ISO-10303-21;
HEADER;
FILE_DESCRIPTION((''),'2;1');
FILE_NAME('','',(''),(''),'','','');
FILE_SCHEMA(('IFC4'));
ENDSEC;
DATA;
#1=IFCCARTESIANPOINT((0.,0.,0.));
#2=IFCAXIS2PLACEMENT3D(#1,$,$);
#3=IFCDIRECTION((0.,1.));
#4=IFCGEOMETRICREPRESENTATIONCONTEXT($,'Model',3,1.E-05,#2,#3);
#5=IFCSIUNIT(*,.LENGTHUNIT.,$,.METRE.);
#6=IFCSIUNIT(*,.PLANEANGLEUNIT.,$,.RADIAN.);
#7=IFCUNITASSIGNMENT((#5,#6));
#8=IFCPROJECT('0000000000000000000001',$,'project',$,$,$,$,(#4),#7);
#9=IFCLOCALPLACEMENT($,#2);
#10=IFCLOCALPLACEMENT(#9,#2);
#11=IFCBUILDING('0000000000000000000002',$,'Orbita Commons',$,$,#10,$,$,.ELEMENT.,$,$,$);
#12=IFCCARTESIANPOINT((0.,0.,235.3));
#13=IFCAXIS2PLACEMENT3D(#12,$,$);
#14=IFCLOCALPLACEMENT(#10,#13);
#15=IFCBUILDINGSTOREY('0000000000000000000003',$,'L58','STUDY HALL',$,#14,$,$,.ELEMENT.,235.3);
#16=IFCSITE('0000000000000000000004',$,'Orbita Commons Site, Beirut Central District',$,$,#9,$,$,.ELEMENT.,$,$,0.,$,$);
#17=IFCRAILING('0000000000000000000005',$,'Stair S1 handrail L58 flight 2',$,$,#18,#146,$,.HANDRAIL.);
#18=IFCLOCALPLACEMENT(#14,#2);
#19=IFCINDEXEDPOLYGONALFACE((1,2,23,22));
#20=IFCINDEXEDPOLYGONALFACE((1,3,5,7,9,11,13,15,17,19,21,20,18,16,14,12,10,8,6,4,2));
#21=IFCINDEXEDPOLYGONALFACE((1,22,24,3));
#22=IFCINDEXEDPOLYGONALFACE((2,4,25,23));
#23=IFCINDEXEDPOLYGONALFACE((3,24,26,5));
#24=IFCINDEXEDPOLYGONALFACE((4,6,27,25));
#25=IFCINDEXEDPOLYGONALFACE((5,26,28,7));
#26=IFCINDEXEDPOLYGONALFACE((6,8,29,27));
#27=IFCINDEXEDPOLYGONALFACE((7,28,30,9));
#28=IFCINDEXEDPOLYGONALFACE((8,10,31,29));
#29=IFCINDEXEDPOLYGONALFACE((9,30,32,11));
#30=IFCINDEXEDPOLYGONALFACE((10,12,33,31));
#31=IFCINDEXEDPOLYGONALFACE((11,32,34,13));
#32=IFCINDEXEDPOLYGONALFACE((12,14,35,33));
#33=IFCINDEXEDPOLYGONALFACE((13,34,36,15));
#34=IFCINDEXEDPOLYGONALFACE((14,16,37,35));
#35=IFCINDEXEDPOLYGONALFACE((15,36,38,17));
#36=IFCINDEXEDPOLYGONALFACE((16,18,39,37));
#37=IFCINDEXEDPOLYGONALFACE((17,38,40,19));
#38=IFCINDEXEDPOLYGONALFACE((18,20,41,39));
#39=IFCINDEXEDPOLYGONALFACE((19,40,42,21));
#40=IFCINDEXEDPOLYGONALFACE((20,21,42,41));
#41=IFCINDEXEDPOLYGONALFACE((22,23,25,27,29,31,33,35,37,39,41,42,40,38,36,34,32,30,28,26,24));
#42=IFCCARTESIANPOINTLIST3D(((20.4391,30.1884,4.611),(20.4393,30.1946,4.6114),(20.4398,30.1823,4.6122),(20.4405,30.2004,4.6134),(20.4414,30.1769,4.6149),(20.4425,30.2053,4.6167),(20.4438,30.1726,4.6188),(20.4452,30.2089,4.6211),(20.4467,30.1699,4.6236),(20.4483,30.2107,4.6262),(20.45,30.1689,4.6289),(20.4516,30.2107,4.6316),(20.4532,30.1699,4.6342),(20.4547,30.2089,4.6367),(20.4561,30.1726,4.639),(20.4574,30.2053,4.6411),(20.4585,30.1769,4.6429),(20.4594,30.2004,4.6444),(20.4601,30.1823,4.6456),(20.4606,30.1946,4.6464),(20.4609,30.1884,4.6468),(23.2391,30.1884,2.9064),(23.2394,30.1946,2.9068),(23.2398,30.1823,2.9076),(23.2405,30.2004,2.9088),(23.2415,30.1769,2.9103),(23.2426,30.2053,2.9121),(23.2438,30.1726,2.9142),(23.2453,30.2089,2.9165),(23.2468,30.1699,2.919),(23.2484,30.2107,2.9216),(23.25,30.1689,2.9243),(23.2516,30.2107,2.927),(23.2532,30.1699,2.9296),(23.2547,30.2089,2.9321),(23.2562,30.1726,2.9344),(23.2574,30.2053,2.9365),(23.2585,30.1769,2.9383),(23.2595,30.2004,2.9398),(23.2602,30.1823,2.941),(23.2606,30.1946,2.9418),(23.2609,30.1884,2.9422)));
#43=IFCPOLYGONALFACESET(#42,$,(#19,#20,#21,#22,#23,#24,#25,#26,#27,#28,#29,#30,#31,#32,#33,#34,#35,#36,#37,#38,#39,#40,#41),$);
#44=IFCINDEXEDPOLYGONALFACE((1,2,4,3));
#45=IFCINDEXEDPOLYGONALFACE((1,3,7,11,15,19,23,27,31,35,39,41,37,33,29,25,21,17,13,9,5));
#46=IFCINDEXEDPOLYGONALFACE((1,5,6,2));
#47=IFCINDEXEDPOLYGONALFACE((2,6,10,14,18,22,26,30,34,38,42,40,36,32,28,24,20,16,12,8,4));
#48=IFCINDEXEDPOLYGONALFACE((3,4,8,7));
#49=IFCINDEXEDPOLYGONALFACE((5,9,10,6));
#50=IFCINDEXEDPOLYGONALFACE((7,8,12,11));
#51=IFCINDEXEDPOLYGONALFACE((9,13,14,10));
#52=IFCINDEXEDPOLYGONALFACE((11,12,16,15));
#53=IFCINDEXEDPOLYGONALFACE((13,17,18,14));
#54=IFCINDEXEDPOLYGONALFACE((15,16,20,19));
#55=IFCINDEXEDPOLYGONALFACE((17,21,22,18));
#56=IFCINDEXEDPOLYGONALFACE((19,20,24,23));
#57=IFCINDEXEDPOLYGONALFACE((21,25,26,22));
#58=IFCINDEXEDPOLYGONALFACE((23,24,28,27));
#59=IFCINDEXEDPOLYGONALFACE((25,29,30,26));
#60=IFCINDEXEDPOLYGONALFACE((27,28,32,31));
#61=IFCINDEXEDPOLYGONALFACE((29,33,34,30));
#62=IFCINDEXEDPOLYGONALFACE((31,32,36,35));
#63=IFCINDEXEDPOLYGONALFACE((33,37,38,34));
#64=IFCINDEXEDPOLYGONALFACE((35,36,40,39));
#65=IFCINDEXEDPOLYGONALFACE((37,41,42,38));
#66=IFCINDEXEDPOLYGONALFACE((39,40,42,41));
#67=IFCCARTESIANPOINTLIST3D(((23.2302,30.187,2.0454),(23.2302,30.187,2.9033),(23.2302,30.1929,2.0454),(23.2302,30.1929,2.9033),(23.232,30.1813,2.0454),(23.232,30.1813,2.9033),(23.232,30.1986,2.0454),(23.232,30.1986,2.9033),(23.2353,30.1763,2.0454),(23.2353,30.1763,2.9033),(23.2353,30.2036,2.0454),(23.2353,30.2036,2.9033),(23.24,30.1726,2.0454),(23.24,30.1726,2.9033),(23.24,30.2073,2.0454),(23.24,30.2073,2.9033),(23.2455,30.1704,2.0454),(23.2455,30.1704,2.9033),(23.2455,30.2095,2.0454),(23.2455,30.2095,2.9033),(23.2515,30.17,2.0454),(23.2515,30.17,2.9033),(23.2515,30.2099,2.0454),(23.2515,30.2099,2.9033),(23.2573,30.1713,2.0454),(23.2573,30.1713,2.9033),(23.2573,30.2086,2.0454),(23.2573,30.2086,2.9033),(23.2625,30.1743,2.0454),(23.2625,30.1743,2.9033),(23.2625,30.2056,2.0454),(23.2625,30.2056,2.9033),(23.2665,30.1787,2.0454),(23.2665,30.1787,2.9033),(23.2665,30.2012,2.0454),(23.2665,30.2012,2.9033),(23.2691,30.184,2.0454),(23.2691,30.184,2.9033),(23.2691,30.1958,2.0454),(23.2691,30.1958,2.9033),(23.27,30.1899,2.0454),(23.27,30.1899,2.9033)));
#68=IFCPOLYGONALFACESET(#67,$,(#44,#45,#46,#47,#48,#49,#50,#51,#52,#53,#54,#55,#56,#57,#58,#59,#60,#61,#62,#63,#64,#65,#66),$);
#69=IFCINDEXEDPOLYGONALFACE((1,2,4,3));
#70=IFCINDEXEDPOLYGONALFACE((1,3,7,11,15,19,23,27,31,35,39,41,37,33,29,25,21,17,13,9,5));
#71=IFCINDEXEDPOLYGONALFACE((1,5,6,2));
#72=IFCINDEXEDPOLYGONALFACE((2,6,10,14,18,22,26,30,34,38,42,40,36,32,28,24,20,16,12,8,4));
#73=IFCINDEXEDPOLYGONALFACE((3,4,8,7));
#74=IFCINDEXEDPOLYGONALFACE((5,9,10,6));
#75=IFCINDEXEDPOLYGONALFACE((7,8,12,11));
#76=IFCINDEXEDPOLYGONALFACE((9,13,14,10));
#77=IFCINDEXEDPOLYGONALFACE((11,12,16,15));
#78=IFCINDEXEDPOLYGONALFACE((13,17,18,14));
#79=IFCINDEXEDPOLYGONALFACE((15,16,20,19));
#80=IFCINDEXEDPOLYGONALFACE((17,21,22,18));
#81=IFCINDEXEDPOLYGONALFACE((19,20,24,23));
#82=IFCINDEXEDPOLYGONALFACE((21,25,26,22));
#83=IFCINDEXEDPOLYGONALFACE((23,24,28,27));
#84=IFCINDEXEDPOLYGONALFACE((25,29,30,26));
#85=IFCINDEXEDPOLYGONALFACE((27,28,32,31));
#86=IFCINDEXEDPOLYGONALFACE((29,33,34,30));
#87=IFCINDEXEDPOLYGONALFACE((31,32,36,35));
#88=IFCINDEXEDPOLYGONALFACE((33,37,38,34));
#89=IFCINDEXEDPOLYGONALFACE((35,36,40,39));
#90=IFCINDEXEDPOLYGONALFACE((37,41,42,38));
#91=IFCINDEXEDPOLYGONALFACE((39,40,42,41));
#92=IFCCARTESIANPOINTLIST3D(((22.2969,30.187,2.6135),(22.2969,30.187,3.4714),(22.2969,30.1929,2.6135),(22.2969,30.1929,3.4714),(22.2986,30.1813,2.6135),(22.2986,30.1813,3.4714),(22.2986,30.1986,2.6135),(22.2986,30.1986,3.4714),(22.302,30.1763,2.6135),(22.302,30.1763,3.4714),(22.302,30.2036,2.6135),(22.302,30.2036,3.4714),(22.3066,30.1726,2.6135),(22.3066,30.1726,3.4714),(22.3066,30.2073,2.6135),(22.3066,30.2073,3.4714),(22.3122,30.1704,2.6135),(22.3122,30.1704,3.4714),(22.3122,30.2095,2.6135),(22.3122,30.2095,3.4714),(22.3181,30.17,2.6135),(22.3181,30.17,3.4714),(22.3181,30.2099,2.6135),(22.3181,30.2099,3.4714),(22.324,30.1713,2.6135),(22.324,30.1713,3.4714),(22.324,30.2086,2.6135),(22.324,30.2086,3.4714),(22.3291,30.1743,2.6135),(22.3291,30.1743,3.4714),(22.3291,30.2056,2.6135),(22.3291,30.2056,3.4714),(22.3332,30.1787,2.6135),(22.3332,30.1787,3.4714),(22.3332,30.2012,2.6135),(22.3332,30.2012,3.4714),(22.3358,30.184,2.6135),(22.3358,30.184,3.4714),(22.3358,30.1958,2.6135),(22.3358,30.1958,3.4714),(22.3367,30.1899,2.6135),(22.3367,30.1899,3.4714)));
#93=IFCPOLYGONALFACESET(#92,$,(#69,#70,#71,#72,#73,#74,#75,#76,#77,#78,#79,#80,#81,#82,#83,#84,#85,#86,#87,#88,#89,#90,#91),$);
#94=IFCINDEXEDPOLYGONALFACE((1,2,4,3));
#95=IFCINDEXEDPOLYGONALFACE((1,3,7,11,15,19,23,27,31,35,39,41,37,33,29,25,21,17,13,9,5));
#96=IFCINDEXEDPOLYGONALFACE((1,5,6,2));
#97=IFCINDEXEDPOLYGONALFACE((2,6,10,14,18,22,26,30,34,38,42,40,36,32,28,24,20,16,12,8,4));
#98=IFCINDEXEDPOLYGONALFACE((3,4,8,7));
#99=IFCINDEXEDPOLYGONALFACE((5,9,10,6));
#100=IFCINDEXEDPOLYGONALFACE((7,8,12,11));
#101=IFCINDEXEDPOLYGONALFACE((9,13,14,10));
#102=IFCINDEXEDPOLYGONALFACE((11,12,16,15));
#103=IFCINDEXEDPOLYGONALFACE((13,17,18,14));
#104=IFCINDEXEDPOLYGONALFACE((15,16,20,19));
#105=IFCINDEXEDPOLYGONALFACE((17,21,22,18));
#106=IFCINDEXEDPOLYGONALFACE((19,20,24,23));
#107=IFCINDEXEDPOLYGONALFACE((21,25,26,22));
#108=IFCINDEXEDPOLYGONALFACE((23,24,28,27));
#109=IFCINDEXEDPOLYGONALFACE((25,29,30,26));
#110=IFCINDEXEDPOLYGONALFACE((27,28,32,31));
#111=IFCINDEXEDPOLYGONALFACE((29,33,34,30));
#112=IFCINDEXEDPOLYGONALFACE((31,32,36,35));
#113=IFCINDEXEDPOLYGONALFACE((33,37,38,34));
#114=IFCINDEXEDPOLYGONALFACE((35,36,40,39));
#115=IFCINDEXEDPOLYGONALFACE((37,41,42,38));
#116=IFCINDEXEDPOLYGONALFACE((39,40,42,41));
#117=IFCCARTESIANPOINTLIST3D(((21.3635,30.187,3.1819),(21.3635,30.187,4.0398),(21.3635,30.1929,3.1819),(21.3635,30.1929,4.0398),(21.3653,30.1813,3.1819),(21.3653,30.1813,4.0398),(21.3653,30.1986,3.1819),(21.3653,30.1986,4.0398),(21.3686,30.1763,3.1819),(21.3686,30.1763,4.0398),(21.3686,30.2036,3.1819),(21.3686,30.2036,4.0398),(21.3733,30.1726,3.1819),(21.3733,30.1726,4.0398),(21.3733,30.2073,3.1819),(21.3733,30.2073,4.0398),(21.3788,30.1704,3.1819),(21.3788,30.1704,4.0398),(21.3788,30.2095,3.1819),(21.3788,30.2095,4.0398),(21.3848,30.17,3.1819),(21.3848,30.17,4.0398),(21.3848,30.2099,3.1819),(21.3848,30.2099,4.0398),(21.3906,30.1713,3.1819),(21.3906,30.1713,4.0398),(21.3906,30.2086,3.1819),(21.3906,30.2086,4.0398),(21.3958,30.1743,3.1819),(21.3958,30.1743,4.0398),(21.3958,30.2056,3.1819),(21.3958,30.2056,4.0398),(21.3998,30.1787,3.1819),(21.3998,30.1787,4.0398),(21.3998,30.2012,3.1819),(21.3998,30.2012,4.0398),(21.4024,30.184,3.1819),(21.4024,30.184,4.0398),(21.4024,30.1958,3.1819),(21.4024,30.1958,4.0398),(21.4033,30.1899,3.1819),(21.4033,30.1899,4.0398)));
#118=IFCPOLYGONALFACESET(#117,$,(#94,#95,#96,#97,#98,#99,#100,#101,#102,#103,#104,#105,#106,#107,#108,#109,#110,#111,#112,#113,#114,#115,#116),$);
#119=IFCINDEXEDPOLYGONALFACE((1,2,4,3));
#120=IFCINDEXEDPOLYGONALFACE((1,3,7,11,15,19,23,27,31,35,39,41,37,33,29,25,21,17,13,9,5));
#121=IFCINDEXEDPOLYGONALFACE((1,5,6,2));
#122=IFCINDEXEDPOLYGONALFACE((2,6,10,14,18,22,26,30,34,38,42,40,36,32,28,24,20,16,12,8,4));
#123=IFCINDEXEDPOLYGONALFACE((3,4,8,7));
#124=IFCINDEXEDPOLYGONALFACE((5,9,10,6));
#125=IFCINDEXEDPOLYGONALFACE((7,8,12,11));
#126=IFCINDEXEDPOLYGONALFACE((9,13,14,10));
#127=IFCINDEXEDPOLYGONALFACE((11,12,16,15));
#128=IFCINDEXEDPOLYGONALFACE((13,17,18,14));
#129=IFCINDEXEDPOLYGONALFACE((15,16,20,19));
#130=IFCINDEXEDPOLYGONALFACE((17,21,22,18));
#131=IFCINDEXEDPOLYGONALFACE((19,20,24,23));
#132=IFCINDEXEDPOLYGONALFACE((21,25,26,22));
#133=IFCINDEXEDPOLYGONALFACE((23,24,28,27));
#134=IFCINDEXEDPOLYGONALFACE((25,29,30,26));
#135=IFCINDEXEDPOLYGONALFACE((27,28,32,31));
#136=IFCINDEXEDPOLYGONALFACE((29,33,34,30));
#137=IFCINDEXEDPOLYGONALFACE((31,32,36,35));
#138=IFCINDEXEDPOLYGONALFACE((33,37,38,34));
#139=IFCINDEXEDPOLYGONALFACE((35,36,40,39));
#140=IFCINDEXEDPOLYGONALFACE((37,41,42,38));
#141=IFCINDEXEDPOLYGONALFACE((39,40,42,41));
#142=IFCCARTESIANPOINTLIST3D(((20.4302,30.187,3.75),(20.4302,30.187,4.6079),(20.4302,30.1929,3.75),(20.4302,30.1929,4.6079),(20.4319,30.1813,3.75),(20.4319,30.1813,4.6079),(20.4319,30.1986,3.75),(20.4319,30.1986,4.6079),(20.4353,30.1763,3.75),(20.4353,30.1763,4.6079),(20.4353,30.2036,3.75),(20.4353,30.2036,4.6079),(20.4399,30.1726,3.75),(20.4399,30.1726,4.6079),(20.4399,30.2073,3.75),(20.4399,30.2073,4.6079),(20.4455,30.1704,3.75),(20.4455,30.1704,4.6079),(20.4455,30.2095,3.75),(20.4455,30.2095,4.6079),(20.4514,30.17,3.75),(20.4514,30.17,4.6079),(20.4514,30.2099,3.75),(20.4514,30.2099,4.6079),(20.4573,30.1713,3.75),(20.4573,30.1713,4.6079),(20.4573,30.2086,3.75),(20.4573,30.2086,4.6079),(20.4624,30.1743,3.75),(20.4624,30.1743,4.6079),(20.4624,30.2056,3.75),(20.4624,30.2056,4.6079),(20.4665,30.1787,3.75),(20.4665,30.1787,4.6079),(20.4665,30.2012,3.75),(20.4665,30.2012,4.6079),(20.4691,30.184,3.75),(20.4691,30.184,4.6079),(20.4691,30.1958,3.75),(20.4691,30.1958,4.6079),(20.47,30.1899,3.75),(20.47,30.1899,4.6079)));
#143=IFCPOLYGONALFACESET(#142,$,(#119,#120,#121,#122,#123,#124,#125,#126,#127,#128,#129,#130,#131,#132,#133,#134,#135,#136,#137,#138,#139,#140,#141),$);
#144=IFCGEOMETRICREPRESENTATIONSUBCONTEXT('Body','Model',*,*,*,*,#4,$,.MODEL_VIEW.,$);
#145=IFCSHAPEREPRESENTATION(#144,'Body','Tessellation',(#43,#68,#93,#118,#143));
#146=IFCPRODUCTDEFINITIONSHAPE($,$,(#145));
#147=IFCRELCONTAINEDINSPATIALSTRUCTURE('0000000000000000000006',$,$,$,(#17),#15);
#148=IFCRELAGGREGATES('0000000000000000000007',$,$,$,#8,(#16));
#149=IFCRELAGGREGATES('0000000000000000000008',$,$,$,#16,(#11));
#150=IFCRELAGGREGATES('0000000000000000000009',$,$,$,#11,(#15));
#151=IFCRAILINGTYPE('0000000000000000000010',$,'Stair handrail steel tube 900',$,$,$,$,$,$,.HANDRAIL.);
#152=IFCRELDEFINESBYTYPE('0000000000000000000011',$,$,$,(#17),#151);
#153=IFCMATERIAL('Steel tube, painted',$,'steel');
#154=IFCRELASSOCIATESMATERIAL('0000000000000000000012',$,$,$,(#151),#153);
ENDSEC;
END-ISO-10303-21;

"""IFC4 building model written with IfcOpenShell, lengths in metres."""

from ifc_helpers import new_model, si_unit, direction, frame, origin, origin_2d, place, context, subcontext, project, spatial, circle, extrude, material, type_object, element, save


model = new_model("IFC4")

# Units and contexts
model_context = context("Model", 3, precision=1e-05, world=origin(), true_north=direction((0.0, 1.0)))
body_context = subcontext(model_context, "Body", "Model", "MODEL_VIEW")
ifc_project = project(units=[si_unit("LENGTHUNIT", "METRE"), si_unit("PLANEANGLEUNIT", "RADIAN")], contexts=[model_context])

# Site, building, storey
site_placement = place(None, origin())
site = spatial("IfcSite", under=ifc_project, at=site_placement, Name="Orbita Commons Site, Beirut Central District", CompositionType="ELEMENT", RefElevation=0.0)
building_placement = place(site_placement, origin())
building = spatial("IfcBuilding", under=site, at=building_placement, Name="Orbita Commons", CompositionType="ELEMENT")
storey_placement = place(building_placement, frame((0.0, 0.0, 235.3)))
storey = spatial("IfcBuildingStorey", under=building, at=storey_placement, Name="L58", Description="STUDY HALL", CompositionType="ELEMENT", Elevation=235.3)

# Railing
ifc_material = material(Name="Steel tube, painted", Category="steel")
railing_type = type_object("IfcRailingType", Name="Stair handrail steel tube 900", PredefinedType="HANDRAIL", material=ifc_material)
for number, where, name in (
    (1, (23.25, 30.1899, 2.0454), "Stair S1 handrail L58 flight 2"),
):
    element("IfcRailing", number, at=place(storey_placement, frame(where)), inside=storey, type_object=railing_type, Name=name, PredefinedType="HANDRAIL", context=body_context, shape_type="SweptSolid", body=[
        extrude(circle(Radius=0.021, at=origin_2d()), frame((0.0, 0.0, 0.8789), z_axis=(-0.85417, 0.0, 0.519994), x_axis=(0.0, -1.0, 0.0)), (0.0, 0.0, 1.0), 3.2781),
        extrude(circle(Radius=0.02, at=origin_2d()), origin(), (0.0, 0.0, 1.0), 0.8579),
        extrude(circle(Radius=0.02, at=origin_2d()), frame((-0.9333, 0.0, 0.5681)), (0.0, 0.0, 1.0), 0.8579),
        extrude(circle(Radius=0.02, at=origin_2d()), frame((-1.8667, 0.0, 1.1365)), (0.0, 0.0, 1.0), 0.8579),
        extrude(circle(Radius=0.02, at=origin_2d()), frame((-2.8, 0.0, 1.7046)), (0.0, 0.0, 1.0), 0.8579),
    ])

save(model, "model.ifc")
